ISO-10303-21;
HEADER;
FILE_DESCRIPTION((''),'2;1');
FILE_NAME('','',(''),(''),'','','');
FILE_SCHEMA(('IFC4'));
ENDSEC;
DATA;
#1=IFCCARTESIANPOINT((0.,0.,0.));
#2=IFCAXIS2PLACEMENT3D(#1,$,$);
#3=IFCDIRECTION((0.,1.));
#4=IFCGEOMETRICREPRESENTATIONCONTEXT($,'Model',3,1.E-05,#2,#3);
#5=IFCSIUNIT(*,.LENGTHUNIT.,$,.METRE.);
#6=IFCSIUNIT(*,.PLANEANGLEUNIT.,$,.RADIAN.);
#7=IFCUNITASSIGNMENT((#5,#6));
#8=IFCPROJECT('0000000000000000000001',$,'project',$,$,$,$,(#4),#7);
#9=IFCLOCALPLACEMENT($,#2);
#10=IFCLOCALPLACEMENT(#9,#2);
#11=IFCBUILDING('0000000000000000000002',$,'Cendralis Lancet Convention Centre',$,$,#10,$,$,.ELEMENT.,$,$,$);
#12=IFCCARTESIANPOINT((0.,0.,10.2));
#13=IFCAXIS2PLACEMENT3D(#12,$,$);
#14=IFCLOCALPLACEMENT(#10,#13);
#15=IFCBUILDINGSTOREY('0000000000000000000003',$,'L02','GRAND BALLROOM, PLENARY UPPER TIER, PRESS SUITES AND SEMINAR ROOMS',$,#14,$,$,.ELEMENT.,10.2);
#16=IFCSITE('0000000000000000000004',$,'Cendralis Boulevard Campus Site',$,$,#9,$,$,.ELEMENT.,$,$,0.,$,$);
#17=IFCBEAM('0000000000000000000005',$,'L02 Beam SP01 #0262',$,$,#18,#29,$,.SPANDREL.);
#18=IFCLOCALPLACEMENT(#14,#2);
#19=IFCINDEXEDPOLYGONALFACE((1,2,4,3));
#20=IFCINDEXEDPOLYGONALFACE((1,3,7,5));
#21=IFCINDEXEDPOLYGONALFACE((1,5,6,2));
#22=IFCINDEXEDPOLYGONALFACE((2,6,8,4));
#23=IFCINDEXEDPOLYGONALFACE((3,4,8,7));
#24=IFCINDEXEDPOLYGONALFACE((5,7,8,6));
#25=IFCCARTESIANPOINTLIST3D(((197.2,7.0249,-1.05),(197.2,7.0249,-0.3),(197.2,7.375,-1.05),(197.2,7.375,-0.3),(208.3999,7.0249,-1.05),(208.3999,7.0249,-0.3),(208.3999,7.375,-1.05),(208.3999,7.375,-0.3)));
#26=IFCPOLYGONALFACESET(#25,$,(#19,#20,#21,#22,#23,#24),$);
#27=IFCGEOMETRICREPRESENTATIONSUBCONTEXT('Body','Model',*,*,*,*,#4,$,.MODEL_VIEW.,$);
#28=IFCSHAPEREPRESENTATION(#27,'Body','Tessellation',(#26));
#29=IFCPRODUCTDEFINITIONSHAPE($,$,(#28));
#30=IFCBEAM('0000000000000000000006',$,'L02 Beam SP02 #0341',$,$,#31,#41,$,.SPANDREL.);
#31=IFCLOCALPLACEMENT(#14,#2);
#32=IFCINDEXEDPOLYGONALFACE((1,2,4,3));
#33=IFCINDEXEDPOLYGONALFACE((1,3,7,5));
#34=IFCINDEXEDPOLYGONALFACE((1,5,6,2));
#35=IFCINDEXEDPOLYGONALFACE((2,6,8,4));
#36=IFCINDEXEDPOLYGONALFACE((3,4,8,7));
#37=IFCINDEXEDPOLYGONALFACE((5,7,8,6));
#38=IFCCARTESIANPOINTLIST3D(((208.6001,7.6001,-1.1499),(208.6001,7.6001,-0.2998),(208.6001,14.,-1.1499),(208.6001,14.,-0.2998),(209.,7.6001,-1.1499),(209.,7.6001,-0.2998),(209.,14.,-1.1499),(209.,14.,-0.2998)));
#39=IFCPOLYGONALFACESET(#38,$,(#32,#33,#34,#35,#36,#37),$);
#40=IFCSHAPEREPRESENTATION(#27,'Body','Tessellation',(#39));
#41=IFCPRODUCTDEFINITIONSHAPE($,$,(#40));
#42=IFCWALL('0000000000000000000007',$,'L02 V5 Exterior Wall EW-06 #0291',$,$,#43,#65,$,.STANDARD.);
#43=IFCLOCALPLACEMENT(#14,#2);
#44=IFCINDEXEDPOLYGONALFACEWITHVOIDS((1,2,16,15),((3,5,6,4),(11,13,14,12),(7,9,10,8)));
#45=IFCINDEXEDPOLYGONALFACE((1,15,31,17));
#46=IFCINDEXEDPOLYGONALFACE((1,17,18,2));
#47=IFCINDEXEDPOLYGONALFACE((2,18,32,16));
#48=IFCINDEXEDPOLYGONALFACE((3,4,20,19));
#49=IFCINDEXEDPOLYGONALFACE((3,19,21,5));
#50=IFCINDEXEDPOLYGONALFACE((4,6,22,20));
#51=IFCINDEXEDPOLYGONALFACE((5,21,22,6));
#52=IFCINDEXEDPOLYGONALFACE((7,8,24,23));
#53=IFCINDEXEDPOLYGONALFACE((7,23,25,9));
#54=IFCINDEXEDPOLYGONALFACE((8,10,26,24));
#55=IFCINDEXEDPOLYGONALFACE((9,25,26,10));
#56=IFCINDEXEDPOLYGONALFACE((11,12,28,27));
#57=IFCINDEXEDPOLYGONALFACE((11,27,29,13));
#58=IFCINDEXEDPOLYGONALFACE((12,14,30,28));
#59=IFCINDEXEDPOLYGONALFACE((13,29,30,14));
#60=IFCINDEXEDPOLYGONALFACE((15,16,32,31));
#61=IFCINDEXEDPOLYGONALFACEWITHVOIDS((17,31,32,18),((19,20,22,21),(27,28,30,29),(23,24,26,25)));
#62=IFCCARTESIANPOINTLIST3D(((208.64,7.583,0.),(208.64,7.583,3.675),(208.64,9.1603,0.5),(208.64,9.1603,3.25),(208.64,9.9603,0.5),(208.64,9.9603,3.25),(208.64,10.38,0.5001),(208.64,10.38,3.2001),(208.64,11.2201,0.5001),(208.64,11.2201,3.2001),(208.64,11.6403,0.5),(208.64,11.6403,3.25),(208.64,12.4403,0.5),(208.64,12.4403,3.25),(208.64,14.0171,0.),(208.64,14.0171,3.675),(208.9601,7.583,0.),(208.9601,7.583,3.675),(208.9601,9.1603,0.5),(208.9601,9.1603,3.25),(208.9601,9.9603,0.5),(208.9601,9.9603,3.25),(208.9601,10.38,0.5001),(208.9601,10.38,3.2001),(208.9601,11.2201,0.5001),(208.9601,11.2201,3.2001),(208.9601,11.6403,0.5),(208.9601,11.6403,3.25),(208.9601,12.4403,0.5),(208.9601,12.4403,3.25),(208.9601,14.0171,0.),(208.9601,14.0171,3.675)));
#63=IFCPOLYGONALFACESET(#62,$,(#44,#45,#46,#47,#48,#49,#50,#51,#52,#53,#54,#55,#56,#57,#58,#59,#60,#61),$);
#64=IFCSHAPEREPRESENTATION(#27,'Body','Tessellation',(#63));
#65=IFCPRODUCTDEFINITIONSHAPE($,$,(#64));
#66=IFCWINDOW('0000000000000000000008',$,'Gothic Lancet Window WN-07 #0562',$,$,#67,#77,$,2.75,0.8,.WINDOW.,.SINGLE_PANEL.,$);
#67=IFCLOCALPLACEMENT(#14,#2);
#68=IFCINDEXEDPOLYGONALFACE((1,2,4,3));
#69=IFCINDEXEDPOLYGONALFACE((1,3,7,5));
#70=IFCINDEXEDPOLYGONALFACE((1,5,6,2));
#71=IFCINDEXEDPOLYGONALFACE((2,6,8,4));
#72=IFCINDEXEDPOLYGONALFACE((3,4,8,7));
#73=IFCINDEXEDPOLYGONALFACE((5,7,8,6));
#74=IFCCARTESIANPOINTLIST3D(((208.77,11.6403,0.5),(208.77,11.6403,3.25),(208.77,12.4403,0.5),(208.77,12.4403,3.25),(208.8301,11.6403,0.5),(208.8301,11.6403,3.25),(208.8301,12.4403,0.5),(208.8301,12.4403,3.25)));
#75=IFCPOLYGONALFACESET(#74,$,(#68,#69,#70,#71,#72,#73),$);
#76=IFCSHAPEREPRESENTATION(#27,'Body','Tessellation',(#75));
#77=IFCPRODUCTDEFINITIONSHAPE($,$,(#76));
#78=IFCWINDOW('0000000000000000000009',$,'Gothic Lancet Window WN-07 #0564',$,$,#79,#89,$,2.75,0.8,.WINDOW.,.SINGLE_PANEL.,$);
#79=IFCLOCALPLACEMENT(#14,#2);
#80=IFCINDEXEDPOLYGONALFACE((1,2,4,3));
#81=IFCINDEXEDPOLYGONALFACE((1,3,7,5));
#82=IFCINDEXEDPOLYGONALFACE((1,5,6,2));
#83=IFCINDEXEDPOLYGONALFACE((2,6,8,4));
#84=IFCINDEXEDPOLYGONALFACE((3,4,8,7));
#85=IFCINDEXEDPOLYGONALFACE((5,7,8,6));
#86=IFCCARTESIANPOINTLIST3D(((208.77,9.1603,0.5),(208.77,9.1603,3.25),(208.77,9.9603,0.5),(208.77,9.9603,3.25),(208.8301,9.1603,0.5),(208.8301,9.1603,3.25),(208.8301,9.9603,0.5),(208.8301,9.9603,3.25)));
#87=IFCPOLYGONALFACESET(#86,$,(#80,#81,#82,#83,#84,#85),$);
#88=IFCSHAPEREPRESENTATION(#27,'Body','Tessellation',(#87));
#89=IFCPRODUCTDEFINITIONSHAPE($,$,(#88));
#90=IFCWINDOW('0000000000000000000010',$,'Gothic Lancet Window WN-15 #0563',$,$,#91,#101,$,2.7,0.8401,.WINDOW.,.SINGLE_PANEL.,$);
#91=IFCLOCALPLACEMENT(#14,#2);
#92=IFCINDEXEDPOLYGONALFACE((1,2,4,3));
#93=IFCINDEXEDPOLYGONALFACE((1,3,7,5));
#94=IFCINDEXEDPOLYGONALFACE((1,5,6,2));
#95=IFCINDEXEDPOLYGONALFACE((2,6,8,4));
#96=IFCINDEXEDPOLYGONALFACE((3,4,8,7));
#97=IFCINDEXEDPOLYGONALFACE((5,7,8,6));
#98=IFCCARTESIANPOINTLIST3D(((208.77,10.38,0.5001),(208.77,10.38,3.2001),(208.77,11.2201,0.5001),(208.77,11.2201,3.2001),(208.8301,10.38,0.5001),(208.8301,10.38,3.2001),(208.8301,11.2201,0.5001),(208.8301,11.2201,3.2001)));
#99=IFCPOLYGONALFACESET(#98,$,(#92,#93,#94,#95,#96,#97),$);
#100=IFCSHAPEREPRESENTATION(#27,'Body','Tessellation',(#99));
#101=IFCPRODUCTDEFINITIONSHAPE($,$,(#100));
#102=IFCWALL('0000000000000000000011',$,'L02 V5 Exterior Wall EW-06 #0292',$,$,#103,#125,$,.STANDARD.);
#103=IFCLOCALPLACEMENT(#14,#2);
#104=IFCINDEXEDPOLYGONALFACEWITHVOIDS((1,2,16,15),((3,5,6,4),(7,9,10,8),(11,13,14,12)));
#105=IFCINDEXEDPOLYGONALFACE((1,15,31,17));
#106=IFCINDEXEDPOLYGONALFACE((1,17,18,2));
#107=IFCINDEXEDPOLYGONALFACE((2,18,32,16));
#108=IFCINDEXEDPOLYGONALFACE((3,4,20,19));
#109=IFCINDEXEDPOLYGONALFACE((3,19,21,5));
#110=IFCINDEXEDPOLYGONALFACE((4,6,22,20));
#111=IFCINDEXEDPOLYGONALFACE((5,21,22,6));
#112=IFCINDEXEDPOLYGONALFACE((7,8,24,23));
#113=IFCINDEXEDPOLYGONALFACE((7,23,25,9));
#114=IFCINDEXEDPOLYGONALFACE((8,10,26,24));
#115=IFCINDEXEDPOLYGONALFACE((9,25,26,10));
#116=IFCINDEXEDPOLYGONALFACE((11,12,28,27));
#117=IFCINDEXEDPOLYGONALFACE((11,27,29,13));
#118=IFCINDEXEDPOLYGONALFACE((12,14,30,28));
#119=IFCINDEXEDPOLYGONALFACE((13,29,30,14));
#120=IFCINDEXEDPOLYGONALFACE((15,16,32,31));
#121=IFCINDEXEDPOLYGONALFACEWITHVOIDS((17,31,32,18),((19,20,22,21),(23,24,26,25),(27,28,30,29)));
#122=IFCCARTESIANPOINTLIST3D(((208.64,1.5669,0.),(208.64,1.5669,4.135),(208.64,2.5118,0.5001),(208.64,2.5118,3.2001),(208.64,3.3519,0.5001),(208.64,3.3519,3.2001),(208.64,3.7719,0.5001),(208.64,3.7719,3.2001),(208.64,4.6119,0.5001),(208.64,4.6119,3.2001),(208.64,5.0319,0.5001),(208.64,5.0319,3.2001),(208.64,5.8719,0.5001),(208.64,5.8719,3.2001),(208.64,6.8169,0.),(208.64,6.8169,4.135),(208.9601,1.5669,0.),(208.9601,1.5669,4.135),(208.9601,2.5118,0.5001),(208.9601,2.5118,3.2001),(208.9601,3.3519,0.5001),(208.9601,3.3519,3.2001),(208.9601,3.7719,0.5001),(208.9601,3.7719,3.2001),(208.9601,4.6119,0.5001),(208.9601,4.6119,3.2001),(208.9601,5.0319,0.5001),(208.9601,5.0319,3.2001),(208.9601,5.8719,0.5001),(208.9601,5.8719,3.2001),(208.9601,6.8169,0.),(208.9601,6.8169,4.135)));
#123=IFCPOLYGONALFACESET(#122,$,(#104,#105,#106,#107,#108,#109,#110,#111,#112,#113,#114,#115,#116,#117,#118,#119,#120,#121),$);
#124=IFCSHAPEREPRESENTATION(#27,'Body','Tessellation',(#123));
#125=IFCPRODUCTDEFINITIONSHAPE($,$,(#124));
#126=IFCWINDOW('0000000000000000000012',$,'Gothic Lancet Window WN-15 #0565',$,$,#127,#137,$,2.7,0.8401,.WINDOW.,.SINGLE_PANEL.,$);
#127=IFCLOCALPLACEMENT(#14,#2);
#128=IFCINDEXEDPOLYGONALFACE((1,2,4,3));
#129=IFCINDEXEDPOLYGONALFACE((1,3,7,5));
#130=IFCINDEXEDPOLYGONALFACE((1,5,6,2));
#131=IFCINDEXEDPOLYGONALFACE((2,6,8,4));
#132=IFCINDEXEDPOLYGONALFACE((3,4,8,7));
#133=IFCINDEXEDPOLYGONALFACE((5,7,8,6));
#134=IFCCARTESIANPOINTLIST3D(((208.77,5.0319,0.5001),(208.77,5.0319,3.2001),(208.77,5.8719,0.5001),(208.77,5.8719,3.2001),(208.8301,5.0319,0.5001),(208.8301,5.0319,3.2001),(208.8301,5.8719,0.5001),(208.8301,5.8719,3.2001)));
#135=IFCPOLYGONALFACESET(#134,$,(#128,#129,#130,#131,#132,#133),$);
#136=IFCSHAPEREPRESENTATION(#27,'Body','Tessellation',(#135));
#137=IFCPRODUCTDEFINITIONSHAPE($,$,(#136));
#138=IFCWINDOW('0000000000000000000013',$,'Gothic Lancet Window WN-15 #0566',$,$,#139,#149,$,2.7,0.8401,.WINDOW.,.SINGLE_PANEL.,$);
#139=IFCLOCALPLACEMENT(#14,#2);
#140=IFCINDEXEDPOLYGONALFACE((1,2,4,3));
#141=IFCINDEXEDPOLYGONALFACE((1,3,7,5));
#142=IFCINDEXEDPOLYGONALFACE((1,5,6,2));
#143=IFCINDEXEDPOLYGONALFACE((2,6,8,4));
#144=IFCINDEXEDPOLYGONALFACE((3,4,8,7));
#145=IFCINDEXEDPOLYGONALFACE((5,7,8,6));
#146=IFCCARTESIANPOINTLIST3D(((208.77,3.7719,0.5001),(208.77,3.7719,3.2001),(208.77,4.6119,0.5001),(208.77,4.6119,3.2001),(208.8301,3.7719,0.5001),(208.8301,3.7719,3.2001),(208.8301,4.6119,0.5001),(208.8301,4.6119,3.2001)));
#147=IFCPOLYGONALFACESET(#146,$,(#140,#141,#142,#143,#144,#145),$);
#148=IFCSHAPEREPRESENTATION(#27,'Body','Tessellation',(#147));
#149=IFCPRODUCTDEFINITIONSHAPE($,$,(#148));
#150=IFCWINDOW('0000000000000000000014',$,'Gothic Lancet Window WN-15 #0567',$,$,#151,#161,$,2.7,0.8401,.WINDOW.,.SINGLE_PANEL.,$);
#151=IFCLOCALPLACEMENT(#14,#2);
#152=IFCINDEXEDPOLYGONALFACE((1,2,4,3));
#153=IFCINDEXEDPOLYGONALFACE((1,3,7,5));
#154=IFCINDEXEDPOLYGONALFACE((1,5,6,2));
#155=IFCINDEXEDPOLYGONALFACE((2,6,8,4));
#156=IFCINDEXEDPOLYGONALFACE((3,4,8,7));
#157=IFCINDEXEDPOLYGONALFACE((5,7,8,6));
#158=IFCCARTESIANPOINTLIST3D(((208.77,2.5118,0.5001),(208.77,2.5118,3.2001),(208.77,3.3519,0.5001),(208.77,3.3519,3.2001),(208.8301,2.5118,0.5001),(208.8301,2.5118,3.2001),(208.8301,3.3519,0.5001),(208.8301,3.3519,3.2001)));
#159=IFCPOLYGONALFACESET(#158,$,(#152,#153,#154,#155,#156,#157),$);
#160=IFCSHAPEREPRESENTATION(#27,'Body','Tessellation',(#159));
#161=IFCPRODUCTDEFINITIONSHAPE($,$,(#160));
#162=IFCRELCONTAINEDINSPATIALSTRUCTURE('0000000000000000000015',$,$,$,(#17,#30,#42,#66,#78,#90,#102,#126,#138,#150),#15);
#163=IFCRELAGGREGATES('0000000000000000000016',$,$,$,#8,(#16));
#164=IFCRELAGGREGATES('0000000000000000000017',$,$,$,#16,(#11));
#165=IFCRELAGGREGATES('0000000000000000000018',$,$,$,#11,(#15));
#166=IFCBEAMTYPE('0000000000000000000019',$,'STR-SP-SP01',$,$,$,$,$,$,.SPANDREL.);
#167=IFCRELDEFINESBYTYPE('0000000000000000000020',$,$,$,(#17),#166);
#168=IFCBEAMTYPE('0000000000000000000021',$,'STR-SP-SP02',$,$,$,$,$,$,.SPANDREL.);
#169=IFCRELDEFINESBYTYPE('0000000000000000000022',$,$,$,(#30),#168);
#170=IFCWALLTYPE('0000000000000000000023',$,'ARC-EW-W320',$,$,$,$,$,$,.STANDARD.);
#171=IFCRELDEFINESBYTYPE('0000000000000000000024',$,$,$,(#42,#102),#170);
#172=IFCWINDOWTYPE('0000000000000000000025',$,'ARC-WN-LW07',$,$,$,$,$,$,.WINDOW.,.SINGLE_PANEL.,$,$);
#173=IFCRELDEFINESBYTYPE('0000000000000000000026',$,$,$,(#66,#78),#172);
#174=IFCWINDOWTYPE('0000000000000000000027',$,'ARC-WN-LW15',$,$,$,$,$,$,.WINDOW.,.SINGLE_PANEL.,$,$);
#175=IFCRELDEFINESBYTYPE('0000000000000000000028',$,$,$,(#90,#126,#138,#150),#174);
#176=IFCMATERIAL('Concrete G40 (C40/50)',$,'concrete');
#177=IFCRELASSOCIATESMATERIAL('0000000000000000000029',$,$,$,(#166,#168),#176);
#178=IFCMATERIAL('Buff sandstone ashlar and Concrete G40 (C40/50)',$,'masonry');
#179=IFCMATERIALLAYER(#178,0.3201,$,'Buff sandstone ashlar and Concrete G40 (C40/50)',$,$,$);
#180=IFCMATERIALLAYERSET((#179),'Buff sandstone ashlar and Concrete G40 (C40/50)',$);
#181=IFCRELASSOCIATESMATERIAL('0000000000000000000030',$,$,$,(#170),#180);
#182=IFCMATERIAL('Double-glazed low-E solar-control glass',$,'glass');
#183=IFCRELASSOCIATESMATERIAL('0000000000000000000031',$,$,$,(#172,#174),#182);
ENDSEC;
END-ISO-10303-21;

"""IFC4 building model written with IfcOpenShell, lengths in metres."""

from ifc_helpers import new_model, si_unit, direction, frame, frame_2d, origin, origin_2d, place, context, subcontext, project, spatial, rectangle, extrude, material, layer, layer_set, material_profile, profile_set, type_object, element, fill, save


model = new_model("IFC4")

# Units and contexts
model_context = context("Model", 3, precision=1e-05, world=origin(), true_north=direction((0.0, 1.0)))
body_context = subcontext(model_context, "Body", "Model", "MODEL_VIEW")
ifc_project = project(units=[si_unit("LENGTHUNIT", "METRE"), si_unit("PLANEANGLEUNIT", "RADIAN")], contexts=[model_context])

# Site, building, storey
site_placement = place(None, origin())
site = spatial("IfcSite", under=ifc_project, at=site_placement, Name="Cendralis Boulevard Campus Site", CompositionType="ELEMENT", RefElevation=0.0)
building_placement = place(site_placement, origin())
building = spatial("IfcBuilding", under=site, at=building_placement, Name="Cendralis Lancet Convention Centre", CompositionType="ELEMENT")
storey_placement = place(building_placement, frame((0.0, 0.0, 10.2)))
storey = spatial("IfcBuildingStorey", under=building, at=storey_placement, Name="L02", Description="GRAND BALLROOM, PLENARY UPPER TIER, PRESS SUITES AND SEMINAR ROOMS", CompositionType="ELEMENT", Elevation=10.2)

# Shared definitions
ifc_material_1 = material(Name="Concrete G40 (C40/50)", Category="concrete")

# Beams
ifc_material_profile_1 = material_profile(ifc_material_1, rectangle(XDim=0.3501, YDim=0.75, at=origin_2d()), Name="RCB 350x750")
ifc_profile_set_1 = profile_set([ifc_material_profile_1], Name="Concrete G40 (C40/50)")
beam_type_1 = type_object("IfcBeamType", Name="STR-SP-SP01", PredefinedType="SPANDREL", material=ifc_profile_set_1)
beam_1_placement = place(storey_placement, frame((197.2, 7.2, -0.675), z_axis=(1.0, 0.0, 0.0), x_axis=(0.0, 1.0, 0.0)))
element("IfcBeam", 1, at=beam_1_placement, inside=storey, type_object=beam_type_1, Name="L02 Beam SP01 #0262", PredefinedType="SPANDREL", context=body_context, shape_type="SweptSolid", body=[
    extrude(rectangle(XDim=0.3501, YDim=0.75, at=origin_2d()), origin(), (0.0, 0.0, 1.0), 11.2),
])
ifc_material_profile_2 = material_profile(ifc_material_1, rectangle(XDim=0.3999, YDim=0.8501, at=origin_2d()), Name="RCB 400x850")
ifc_profile_set_2 = profile_set([ifc_material_profile_2], Name="Concrete G40 (C40/50)")
beam_type_2 = type_object("IfcBeamType", Name="STR-SP-SP02", PredefinedType="SPANDREL", material=ifc_profile_set_2)
beam_2_placement = place(storey_placement, frame((208.8, 7.6001, -0.7249), z_axis=(0.0, 1.0, 0.0), x_axis=(-1.0, 0.0, 0.0)))
element("IfcBeam", 2, at=beam_2_placement, inside=storey, type_object=beam_type_2, Name="L02 Beam SP02 #0341", PredefinedType="SPANDREL", context=body_context, shape_type="SweptSolid", body=[
    extrude(rectangle(XDim=0.3999, YDim=0.8501, at=origin_2d()), origin(), (0.0, 0.0, 1.0), 6.3999),
])

# Walls, openings, windows
ifc_material_2 = material(Name="Buff sandstone ashlar and Concrete G40 (C40/50)", Category="masonry")
ifc_layer_1 = layer(ifc_material_2, 0.3201, Name="Buff sandstone ashlar and Concrete G40 (C40/50)")
ifc_layer_set_1 = layer_set([ifc_layer_1], Name="Buff sandstone ashlar and Concrete G40 (C40/50)")
wall_type = type_object("IfcWallType", Name="ARC-EW-W320", PredefinedType="STANDARD", material=ifc_layer_set_1)
wall_1_placement = place(storey_placement, frame((208.8, 14.0171, 0.0), z_axis=(0.0, 0.0, 1.0), x_axis=(0.0, -1.0, 0.0)))
wall_1 = element("IfcWall", 3, at=wall_1_placement, inside=storey, type_object=wall_type, Name="L02 V5 Exterior Wall EW-06 #0291", PredefinedType="STANDARD", context=body_context, shape_type="SweptSolid", body=[
    extrude(rectangle(XDim=6.4341, YDim=0.3201, at=frame_2d((3.217, 0.0))), origin(), (0.0, 0.0, 1.0), 3.675),
])
opening_1_placement = place(wall_1_placement, frame((1.5769, 0.0, 0.5)))
opening_1 = element("IfcOpeningElement", 4, at=opening_1_placement, cuts=wall_1, PredefinedType="OPENING", context=body_context, shape_type="SweptSolid", body=[
    extrude(rectangle(XDim=0.8, YDim=2.75, at=frame_2d((0.3999, 1.375))), frame((0.0, 0.1699, 0.0), z_axis=(0.0, -1.0, 0.0), x_axis=(1.0, 0.0, 0.0)), (0.0, 0.0, 1.0), 0.3401),
])
opening_2_placement = place(wall_1_placement, frame((2.7971, 0.0, 0.5)))
opening_2 = element("IfcOpeningElement", 5, at=opening_2_placement, cuts=wall_1, PredefinedType="OPENING", context=body_context, shape_type="SweptSolid", body=[
    extrude(rectangle(XDim=0.8401, YDim=2.7, at=frame_2d((0.4199, 1.3501))), frame((0.0, 0.1699, 0.0), z_axis=(0.0, -1.0, 0.0), x_axis=(1.0, 0.0, 0.0)), (0.0, 0.0, 1.0), 0.3401),
])
opening_3_placement = place(wall_1_placement, frame((4.0569, 0.0, 0.5)))
opening_3 = element("IfcOpeningElement", 6, at=opening_3_placement, cuts=wall_1, PredefinedType="OPENING", context=body_context, shape_type="SweptSolid", body=[
    extrude(rectangle(XDim=0.8, YDim=2.75, at=frame_2d((0.3999, 1.375))), frame((0.0, 0.1699, 0.0), z_axis=(0.0, -1.0, 0.0), x_axis=(1.0, 0.0, 0.0)), (0.0, 0.0, 1.0), 0.3401),
])
ifc_material_3 = material(Name="Double-glazed low-E solar-control glass", Category="glass")
window_type_1 = type_object("IfcWindowType", Name="ARC-WN-LW07", PartitioningType="SINGLE_PANEL", PredefinedType="WINDOW", material=ifc_material_3)
window_1_placement = place(opening_1_placement, origin())
window_1 = element("IfcWindow", 7, at=window_1_placement, inside=storey, type_object=window_type_1, Name="Gothic Lancet Window WN-07 #0562", OverallHeight=2.75, OverallWidth=0.8, PartitioningType="SINGLE_PANEL", PredefinedType="WINDOW", context=body_context, shape_type="SweptSolid", body=[
    extrude(rectangle(XDim=0.8, YDim=2.75, at=frame_2d((0.3999, 1.375))), frame((0.0, 0.03, 0.0), z_axis=(0.0, -1.0, 0.0), x_axis=(1.0, 0.0, 0.0)), (0.0, 0.0, 1.0), 0.0601),
])
fill(opening_1, window_1)
window_2_placement = place(opening_3_placement, origin())
window_2 = element("IfcWindow", 8, at=window_2_placement, inside=storey, type_object=window_type_1, Name="Gothic Lancet Window WN-07 #0564", OverallHeight=2.75, OverallWidth=0.8, PartitioningType="SINGLE_PANEL", PredefinedType="WINDOW", context=body_context, shape_type="SweptSolid", body=[
    extrude(rectangle(XDim=0.8, YDim=2.75, at=frame_2d((0.3999, 1.375))), frame((0.0, 0.03, 0.0), z_axis=(0.0, -1.0, 0.0), x_axis=(1.0, 0.0, 0.0)), (0.0, 0.0, 1.0), 0.0601),
])
fill(opening_3, window_2)
window_type_2 = type_object("IfcWindowType", Name="ARC-WN-LW15", PartitioningType="SINGLE_PANEL", PredefinedType="WINDOW", material=ifc_material_3)
window_3_placement = place(opening_2_placement, origin())
window_3 = element("IfcWindow", 9, at=window_3_placement, inside=storey, type_object=window_type_2, Name="Gothic Lancet Window WN-15 #0563", OverallHeight=2.7, OverallWidth=0.8401, PartitioningType="SINGLE_PANEL", PredefinedType="WINDOW", context=body_context, shape_type="SweptSolid", body=[
    extrude(rectangle(XDim=0.8401, YDim=2.7, at=frame_2d((0.4199, 1.3501))), frame((0.0, 0.03, 0.0), z_axis=(0.0, -1.0, 0.0), x_axis=(1.0, 0.0, 0.0)), (0.0, 0.0, 1.0), 0.0601),
])
fill(opening_2, window_3)
wall_2_placement = place(storey_placement, frame((208.8, 6.8169, 0.0), z_axis=(0.0, 0.0, 1.0), x_axis=(0.0, -1.0, 0.0)))
wall_2 = element("IfcWall", 10, at=wall_2_placement, inside=storey, type_object=wall_type, Name="L02 V5 Exterior Wall EW-06 #0292", PredefinedType="STANDARD", context=body_context, shape_type="SweptSolid", body=[
    extrude(rectangle(XDim=5.25, YDim=0.3201, at=frame_2d((2.625, 0.0))), origin(), (0.0, 0.0, 1.0), 4.135),
])
opening_4_placement = place(wall_2_placement, frame((0.9451, 0.0, 0.5)))
opening_4 = element("IfcOpeningElement", 11, at=opening_4_placement, cuts=wall_2, PredefinedType="OPENING", context=body_context, shape_type="SweptSolid", body=[
    extrude(rectangle(XDim=0.8401, YDim=2.7, at=frame_2d((0.4199, 1.3501))), frame((0.0, 0.1699, 0.0), z_axis=(0.0, -1.0, 0.0), x_axis=(1.0, 0.0, 0.0)), (0.0, 0.0, 1.0), 0.3401),
])
opening_5_placement = place(wall_2_placement, frame((2.2051, 0.0, 0.5)))
opening_5 = element("IfcOpeningElement", 12, at=opening_5_placement, cuts=wall_2, PredefinedType="OPENING", context=body_context, shape_type="SweptSolid", body=[
    extrude(rectangle(XDim=0.8401, YDim=2.7, at=frame_2d((0.4199, 1.3501))), frame((0.0, 0.1699, 0.0), z_axis=(0.0, -1.0, 0.0), x_axis=(1.0, 0.0, 0.0)), (0.0, 0.0, 1.0), 0.3401),
])
opening_6_placement = place(wall_2_placement, frame((3.4651, 0.0, 0.5)))
opening_6 = element("IfcOpeningElement", 13, at=opening_6_placement, cuts=wall_2, PredefinedType="OPENING", context=body_context, shape_type="SweptSolid", body=[
    extrude(rectangle(XDim=0.8401, YDim=2.7, at=frame_2d((0.4199, 1.3501))), frame((0.0, 0.1699, 0.0), z_axis=(0.0, -1.0, 0.0), x_axis=(1.0, 0.0, 0.0)), (0.0, 0.0, 1.0), 0.3401),
])
window_4_placement = place(opening_4_placement, origin())
window_4 = element("IfcWindow", 14, at=window_4_placement, inside=storey, type_object=window_type_2, Name="Gothic Lancet Window WN-15 #0565", OverallHeight=2.7, OverallWidth=0.8401, PartitioningType="SINGLE_PANEL", PredefinedType="WINDOW", context=body_context, shape_type="SweptSolid", body=[
    extrude(rectangle(XDim=0.8401, YDim=2.7, at=frame_2d((0.4199, 1.3501))), frame((0.0, 0.03, 0.0), z_axis=(0.0, -1.0, 0.0), x_axis=(1.0, 0.0, 0.0)), (0.0, 0.0, 1.0), 0.0601),
])
fill(opening_4, window_4)
window_5_placement = place(opening_5_placement, origin())
window_5 = element("IfcWindow", 15, at=window_5_placement, inside=storey, type_object=window_type_2, Name="Gothic Lancet Window WN-15 #0566", OverallHeight=2.7, OverallWidth=0.8401, PartitioningType="SINGLE_PANEL", PredefinedType="WINDOW", context=body_context, shape_type="SweptSolid", body=[
    extrude(rectangle(XDim=0.8401, YDim=2.7, at=frame_2d((0.4199, 1.3501))), frame((0.0, 0.03, 0.0), z_axis=(0.0, -1.0, 0.0), x_axis=(1.0, 0.0, 0.0)), (0.0, 0.0, 1.0), 0.0601),
])
fill(opening_5, window_5)
window_6_placement = place(opening_6_placement, origin())
window_6 = element("IfcWindow", 16, at=window_6_placement, inside=storey, type_object=window_type_2, Name="Gothic Lancet Window WN-15 #0567", OverallHeight=2.7, OverallWidth=0.8401, PartitioningType="SINGLE_PANEL", PredefinedType="WINDOW", context=body_context, shape_type="SweptSolid", body=[
    extrude(rectangle(XDim=0.8401, YDim=2.7, at=frame_2d((0.4199, 1.3501))), frame((0.0, 0.03, 0.0), z_axis=(0.0, -1.0, 0.0), x_axis=(1.0, 0.0, 0.0)), (0.0, 0.0, 1.0), 0.0601),
])
fill(opening_6, window_6)

save(model, "model.ifc")
